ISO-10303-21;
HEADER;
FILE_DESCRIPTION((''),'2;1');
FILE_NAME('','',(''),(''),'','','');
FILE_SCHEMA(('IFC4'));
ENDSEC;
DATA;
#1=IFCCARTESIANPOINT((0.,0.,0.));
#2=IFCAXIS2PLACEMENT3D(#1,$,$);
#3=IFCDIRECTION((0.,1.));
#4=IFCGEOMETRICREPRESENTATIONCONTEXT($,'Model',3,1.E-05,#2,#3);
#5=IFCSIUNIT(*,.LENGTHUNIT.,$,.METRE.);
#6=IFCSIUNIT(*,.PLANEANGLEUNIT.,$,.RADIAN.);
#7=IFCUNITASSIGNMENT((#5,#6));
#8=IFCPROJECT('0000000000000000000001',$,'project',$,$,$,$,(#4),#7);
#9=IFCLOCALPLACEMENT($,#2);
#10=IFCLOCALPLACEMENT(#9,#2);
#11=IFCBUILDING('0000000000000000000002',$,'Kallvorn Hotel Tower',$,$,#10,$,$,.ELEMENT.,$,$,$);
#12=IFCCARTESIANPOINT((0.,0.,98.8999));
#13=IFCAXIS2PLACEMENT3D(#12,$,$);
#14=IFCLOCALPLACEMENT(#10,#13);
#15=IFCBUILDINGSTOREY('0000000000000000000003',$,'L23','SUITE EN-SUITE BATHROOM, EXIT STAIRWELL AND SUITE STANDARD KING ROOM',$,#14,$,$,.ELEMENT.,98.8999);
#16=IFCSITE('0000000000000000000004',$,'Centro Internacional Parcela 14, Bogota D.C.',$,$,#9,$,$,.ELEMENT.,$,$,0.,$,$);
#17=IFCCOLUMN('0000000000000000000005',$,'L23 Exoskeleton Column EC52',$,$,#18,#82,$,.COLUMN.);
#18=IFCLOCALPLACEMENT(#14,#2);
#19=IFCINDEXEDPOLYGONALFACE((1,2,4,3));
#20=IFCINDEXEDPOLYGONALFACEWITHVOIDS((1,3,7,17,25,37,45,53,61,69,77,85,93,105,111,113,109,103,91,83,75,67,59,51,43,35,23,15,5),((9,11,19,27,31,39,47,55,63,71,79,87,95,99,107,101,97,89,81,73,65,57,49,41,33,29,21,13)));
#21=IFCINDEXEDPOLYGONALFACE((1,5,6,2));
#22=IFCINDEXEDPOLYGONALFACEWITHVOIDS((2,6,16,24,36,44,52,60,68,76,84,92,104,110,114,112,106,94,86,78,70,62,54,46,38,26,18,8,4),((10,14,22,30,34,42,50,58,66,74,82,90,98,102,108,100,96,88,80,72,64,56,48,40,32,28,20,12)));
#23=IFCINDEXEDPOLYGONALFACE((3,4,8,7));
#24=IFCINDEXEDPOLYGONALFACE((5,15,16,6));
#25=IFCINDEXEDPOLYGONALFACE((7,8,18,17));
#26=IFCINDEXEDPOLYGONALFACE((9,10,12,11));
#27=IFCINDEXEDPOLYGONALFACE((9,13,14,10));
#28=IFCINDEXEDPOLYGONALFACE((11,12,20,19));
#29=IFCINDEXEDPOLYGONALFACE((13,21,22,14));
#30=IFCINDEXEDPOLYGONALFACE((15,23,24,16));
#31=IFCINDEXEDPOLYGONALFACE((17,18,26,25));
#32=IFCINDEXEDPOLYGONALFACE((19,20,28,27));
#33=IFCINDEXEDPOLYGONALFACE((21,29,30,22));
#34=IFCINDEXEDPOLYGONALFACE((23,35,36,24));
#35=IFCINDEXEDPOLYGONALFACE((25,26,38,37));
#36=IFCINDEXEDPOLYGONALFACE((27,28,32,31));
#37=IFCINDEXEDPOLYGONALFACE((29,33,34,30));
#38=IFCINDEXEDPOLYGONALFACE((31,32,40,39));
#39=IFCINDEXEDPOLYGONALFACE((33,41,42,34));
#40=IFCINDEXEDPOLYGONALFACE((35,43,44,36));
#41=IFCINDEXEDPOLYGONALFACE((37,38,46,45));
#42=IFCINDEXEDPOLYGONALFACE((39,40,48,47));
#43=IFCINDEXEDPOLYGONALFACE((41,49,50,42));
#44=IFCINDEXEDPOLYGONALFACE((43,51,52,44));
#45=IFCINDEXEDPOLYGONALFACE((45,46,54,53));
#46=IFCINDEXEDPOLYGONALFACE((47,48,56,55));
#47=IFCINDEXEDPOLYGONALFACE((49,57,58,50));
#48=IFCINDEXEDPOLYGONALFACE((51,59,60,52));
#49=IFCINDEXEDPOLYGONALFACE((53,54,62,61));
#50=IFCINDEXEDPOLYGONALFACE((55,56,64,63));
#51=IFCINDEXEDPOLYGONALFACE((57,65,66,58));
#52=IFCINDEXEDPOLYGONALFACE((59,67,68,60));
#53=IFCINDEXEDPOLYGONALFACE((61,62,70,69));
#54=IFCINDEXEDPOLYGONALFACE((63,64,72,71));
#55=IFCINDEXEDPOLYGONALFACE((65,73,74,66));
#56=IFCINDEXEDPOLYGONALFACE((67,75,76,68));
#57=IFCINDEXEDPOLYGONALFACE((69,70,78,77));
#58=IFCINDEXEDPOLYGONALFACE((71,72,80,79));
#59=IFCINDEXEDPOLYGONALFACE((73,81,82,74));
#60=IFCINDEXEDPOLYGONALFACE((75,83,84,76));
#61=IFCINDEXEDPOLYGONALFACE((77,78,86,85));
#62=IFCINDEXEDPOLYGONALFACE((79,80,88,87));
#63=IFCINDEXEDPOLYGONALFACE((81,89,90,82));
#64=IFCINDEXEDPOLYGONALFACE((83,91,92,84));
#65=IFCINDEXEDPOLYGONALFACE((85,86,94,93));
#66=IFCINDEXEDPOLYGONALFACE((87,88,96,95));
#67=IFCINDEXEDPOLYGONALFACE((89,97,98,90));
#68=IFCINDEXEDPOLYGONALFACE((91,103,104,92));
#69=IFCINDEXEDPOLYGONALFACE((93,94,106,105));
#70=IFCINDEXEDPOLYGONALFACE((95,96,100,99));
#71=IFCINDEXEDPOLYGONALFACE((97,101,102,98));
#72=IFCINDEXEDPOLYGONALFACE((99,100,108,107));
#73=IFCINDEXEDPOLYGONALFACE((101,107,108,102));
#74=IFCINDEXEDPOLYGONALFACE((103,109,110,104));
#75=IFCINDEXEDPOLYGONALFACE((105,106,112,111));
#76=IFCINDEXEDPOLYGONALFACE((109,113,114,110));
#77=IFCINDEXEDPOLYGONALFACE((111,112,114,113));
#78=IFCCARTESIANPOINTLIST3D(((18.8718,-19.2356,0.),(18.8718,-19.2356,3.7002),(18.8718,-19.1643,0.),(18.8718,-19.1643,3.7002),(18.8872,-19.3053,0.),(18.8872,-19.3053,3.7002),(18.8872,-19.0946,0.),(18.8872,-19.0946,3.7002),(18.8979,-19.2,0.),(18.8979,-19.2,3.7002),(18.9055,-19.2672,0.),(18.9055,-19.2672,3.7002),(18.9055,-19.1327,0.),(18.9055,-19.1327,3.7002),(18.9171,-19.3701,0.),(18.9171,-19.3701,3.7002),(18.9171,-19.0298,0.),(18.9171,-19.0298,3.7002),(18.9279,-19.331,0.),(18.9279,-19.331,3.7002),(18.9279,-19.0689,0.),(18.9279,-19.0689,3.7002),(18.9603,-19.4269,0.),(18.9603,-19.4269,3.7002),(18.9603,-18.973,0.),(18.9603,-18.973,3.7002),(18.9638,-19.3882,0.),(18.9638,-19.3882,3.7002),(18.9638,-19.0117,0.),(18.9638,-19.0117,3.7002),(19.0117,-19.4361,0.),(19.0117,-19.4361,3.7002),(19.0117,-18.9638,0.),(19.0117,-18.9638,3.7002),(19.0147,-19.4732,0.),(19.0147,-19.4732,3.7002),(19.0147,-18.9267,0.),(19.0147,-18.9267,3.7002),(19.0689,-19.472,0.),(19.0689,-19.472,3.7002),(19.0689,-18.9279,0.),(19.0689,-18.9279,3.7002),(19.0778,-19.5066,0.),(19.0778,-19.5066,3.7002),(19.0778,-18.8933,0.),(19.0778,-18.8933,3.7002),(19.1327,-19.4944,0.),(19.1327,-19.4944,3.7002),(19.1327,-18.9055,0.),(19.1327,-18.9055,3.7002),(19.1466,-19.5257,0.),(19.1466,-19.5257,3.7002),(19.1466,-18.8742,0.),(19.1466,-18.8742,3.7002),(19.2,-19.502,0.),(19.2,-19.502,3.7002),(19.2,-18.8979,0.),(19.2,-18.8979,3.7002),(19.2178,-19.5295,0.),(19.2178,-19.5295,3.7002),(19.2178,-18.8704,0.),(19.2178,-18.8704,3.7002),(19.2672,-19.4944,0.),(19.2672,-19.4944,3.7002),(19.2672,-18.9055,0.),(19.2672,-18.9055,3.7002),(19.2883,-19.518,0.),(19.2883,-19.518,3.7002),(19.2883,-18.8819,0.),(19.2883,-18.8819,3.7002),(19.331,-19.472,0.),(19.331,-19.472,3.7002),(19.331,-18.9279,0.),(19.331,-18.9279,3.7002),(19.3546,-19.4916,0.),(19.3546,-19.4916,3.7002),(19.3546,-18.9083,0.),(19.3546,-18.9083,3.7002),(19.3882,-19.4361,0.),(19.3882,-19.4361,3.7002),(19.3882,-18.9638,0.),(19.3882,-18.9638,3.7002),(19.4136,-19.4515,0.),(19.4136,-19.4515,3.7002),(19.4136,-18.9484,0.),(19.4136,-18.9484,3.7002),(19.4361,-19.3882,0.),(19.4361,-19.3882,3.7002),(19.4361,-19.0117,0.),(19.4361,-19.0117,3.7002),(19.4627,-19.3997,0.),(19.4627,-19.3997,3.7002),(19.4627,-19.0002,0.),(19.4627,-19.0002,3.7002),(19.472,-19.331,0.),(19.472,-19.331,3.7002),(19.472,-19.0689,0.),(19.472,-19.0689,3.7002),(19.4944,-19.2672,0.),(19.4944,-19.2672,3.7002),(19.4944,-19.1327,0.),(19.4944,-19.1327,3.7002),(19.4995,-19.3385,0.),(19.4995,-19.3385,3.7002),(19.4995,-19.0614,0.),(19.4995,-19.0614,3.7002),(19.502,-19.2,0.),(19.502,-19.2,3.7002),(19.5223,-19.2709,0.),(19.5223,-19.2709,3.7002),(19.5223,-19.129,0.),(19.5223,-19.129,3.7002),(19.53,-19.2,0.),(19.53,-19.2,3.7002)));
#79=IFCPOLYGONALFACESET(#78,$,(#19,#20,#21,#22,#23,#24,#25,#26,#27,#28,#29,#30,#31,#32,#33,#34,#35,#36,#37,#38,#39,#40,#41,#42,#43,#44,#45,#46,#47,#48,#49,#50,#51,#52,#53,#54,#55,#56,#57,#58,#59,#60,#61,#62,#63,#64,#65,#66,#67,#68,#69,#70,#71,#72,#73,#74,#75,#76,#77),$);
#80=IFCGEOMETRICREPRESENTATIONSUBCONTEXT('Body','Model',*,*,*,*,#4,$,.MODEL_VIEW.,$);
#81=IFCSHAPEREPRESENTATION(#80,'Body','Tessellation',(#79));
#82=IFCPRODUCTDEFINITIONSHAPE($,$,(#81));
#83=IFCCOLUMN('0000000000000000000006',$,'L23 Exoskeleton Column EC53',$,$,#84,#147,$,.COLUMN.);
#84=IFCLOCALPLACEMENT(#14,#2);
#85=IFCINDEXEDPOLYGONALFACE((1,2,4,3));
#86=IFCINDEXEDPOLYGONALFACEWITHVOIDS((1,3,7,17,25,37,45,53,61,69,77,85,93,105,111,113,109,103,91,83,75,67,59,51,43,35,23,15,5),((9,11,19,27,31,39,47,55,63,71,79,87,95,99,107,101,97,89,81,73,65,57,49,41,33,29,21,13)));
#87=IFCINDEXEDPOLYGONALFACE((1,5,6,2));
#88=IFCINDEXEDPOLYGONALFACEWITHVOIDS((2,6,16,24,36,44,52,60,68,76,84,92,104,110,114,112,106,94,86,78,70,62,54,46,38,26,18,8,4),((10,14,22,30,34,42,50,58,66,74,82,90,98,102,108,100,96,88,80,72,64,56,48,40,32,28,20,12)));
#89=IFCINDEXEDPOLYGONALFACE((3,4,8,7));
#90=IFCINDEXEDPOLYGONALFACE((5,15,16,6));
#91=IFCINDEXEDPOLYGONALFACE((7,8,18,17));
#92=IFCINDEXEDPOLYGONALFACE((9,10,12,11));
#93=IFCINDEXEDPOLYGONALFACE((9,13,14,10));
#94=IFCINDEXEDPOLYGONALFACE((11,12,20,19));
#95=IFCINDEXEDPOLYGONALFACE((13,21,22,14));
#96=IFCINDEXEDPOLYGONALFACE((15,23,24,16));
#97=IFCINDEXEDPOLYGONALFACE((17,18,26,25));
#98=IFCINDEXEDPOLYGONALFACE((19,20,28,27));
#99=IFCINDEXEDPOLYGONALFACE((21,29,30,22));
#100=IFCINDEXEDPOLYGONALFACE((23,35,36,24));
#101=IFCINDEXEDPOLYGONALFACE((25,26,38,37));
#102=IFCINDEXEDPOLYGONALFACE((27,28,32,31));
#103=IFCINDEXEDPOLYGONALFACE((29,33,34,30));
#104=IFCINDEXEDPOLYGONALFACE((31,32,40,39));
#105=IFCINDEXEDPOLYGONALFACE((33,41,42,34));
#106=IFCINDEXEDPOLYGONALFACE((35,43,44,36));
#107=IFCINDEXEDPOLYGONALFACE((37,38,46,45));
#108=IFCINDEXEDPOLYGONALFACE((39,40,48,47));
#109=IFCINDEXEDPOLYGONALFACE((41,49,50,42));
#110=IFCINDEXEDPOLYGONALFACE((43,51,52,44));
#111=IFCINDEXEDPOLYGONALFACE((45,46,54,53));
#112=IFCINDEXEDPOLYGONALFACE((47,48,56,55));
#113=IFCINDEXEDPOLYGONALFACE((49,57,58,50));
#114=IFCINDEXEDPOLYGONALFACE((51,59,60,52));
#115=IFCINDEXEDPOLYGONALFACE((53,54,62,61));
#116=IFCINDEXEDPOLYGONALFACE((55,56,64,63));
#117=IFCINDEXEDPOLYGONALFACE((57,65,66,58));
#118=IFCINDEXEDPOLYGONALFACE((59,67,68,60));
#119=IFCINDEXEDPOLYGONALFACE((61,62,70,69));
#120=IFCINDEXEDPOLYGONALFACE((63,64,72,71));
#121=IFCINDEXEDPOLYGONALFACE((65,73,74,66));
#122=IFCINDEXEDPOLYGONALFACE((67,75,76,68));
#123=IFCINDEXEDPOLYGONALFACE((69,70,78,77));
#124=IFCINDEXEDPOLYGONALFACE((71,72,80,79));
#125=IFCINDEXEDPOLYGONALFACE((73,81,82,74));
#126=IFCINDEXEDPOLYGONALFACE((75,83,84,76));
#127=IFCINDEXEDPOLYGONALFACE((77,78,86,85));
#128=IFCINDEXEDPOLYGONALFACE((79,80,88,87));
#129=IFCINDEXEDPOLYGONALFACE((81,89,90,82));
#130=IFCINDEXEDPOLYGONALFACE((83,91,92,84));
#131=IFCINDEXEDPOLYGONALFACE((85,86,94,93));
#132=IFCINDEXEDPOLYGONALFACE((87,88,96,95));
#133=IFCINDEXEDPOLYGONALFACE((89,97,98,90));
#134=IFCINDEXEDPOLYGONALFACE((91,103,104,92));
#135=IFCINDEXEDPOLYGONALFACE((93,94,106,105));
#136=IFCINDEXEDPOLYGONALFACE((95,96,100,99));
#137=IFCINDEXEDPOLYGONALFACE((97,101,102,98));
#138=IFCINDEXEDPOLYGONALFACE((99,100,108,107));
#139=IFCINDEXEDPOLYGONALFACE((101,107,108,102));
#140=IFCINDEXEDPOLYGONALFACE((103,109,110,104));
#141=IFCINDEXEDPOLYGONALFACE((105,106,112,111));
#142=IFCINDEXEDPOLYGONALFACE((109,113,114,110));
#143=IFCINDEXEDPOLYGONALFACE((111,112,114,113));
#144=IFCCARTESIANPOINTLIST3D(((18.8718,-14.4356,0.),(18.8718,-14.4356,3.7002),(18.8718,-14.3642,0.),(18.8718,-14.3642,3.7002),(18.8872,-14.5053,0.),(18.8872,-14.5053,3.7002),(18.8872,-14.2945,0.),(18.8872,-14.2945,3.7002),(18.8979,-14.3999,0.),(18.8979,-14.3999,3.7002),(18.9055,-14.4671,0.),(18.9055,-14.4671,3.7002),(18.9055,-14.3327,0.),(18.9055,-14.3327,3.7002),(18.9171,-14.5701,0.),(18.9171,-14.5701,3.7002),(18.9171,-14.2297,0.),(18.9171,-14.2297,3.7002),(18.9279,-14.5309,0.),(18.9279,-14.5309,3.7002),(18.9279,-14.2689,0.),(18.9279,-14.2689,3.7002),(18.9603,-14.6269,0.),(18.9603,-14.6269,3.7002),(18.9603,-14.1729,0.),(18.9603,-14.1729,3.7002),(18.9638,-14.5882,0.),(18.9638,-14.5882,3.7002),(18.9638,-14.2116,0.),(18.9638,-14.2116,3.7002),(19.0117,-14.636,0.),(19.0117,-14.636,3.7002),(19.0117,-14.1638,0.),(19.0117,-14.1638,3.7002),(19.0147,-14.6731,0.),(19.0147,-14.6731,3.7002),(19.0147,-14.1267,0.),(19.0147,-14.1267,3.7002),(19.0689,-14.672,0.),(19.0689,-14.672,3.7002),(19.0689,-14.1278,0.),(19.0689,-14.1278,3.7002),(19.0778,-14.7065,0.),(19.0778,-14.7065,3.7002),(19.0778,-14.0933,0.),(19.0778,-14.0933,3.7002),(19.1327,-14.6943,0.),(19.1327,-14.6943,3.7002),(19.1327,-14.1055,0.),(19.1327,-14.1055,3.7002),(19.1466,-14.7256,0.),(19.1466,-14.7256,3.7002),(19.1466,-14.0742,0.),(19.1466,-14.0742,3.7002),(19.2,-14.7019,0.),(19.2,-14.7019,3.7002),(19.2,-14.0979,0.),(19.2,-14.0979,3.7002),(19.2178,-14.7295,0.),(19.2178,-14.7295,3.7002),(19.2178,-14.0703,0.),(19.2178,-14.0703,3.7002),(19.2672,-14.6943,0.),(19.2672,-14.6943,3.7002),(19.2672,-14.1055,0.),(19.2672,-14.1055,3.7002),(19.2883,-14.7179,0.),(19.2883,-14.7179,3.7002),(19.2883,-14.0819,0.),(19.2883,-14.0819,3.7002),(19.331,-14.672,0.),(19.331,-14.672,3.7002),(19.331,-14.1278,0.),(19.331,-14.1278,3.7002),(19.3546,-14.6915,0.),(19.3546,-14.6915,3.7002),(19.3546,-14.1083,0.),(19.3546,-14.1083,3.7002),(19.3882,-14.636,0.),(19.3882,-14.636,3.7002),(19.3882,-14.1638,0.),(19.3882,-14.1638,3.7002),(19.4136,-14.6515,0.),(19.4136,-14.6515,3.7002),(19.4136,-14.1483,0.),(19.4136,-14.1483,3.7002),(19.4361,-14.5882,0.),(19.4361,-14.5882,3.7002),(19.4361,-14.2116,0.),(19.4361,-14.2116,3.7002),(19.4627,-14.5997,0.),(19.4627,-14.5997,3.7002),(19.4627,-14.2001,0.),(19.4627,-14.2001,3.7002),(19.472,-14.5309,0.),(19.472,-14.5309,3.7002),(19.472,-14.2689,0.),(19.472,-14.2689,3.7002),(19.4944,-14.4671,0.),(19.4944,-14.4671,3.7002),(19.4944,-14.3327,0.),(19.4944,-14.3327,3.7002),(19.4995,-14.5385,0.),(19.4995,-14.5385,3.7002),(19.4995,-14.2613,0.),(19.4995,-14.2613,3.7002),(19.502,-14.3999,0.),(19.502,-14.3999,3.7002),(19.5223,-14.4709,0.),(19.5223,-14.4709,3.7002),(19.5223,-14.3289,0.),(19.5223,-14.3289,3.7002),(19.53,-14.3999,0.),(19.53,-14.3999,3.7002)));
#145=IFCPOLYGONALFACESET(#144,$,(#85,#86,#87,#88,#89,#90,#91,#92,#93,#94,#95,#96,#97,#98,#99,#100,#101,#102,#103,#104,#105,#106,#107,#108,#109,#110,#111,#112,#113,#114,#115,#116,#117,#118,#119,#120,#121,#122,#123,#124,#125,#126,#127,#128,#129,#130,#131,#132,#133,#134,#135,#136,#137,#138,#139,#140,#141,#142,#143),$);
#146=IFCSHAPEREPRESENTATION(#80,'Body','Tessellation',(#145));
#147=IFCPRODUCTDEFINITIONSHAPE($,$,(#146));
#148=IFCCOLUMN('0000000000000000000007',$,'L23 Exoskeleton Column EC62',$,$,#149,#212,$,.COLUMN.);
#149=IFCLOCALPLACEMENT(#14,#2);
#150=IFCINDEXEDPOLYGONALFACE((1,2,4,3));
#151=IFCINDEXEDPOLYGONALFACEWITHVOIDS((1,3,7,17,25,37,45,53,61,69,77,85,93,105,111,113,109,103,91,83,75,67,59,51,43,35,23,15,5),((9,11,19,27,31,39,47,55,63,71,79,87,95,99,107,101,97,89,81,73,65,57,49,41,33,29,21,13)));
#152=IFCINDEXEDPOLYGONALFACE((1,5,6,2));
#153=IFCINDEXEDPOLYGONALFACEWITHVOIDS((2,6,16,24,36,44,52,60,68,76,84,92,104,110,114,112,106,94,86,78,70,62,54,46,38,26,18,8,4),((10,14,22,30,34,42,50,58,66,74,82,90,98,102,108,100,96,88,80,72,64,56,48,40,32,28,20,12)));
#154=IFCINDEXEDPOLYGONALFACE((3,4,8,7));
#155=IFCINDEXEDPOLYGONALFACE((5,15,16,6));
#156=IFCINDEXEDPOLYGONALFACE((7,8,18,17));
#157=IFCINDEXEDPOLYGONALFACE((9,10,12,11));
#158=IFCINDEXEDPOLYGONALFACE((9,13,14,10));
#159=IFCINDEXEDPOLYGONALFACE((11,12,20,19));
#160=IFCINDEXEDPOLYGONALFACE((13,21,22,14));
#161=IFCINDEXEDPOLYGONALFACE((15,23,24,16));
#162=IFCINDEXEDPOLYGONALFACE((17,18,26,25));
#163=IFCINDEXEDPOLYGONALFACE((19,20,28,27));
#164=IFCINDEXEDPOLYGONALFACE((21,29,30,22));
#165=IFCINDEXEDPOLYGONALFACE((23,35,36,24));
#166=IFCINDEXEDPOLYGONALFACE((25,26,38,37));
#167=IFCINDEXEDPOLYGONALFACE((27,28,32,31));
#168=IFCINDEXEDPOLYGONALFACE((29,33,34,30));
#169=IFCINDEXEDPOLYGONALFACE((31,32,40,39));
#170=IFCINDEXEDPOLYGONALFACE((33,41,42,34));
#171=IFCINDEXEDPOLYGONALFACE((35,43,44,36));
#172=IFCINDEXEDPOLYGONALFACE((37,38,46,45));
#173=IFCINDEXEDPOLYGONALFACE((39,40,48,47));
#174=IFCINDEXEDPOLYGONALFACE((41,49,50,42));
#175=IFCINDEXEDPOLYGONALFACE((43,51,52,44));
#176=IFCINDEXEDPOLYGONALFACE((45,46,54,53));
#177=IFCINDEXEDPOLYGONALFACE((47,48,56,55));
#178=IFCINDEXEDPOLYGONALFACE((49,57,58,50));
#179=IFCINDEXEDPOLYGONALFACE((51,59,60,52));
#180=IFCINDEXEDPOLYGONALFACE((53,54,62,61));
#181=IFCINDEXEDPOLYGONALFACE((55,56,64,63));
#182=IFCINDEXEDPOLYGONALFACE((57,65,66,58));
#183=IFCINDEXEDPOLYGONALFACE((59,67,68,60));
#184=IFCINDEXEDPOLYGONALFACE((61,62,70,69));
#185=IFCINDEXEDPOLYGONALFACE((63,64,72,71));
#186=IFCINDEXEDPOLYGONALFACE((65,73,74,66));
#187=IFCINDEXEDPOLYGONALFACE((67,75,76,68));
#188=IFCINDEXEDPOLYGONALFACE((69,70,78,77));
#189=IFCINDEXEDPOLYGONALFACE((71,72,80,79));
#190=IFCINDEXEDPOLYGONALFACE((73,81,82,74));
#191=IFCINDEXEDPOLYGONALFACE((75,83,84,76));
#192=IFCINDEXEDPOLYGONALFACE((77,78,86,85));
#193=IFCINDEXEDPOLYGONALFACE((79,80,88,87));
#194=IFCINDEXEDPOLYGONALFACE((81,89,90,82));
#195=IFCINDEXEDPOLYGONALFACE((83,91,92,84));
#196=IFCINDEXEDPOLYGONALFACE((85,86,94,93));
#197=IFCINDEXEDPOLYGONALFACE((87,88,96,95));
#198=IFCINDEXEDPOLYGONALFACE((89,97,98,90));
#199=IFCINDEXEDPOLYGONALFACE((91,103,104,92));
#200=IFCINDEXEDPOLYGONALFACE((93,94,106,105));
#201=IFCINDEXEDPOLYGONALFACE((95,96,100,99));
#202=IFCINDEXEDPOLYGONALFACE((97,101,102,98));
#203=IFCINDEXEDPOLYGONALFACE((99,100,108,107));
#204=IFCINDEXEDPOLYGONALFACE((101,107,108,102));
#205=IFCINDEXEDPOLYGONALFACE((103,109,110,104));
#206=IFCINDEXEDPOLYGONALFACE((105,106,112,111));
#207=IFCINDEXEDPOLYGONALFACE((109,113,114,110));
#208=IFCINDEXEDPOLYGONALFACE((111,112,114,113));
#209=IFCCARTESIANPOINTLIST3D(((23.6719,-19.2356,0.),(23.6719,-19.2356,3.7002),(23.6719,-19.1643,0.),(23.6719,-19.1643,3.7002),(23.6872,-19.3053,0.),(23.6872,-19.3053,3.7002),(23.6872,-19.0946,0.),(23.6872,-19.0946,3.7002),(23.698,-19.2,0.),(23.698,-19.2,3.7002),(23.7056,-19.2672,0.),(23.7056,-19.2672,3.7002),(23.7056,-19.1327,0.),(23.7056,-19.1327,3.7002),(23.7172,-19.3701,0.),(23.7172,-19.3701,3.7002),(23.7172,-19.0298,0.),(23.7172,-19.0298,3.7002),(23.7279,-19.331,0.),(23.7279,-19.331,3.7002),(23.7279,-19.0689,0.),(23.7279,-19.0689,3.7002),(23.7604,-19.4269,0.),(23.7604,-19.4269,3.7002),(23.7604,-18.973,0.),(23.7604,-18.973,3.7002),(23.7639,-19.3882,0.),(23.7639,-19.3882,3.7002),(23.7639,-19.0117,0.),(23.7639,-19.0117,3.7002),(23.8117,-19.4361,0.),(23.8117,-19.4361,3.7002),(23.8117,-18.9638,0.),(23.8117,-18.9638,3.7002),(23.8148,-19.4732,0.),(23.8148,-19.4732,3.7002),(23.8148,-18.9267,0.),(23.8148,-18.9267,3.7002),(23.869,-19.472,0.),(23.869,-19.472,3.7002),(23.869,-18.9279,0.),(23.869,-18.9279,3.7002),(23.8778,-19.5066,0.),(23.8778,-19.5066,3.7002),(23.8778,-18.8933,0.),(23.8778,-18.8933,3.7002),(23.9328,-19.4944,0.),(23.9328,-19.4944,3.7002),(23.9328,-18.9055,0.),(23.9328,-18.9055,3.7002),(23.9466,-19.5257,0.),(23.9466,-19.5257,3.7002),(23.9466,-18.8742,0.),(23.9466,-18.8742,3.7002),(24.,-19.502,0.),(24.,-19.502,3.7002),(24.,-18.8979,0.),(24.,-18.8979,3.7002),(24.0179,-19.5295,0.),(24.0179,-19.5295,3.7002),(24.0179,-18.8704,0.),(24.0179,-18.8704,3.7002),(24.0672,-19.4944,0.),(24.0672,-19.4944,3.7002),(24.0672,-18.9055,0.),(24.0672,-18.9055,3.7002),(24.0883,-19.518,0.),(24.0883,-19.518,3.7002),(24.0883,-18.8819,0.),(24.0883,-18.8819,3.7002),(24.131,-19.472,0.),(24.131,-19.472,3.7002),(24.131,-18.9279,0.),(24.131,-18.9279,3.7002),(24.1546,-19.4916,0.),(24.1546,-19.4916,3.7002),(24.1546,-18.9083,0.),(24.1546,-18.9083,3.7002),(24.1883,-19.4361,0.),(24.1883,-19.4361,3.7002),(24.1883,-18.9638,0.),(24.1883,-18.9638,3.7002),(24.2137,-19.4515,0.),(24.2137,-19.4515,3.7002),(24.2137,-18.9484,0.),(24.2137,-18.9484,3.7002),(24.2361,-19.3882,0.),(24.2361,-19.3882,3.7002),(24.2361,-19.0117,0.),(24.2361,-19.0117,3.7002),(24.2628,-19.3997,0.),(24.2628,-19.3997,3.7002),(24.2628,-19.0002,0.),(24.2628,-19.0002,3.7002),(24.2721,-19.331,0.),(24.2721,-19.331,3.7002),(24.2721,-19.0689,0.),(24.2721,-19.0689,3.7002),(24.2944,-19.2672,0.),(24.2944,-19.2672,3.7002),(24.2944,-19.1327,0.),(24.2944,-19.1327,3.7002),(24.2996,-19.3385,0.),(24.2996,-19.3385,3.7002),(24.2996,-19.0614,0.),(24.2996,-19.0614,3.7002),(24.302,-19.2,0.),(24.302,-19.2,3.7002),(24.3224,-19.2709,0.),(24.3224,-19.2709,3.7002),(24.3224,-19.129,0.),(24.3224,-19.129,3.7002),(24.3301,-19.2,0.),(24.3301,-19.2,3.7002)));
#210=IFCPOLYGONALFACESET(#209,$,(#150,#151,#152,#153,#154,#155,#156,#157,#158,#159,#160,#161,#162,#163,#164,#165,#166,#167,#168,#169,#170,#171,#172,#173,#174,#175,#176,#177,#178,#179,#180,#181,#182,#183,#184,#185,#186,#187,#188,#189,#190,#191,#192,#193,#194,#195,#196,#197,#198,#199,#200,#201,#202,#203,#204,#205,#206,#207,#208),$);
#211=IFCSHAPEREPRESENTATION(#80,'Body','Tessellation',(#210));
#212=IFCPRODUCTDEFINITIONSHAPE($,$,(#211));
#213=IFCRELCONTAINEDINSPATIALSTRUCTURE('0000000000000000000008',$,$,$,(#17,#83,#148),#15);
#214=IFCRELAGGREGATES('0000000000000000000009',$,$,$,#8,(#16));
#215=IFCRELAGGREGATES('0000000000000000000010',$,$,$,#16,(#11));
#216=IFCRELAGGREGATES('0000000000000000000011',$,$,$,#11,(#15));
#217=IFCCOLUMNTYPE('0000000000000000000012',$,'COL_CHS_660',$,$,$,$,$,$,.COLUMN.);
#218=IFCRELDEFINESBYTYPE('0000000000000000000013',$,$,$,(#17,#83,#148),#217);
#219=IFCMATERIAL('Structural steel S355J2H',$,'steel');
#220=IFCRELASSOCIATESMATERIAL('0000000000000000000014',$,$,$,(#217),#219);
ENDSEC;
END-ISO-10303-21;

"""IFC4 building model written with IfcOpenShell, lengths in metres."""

from ifc_helpers import new_model, si_unit, direction, frame, origin, origin_2d, place, context, subcontext, project, spatial, hollow_circle, extrude, material, material_profile, profile_set, type_object, element, save


model = new_model("IFC4")

# Units and contexts
model_context = context("Model", 3, precision=1e-05, world=origin(), true_north=direction((0.0, 1.0)))
body_context = subcontext(model_context, "Body", "Model", "MODEL_VIEW")
ifc_project = project(units=[si_unit("LENGTHUNIT", "METRE"), si_unit("PLANEANGLEUNIT", "RADIAN")], contexts=[model_context])

# Site, building, storey
site_placement = place(None, origin())
site = spatial("IfcSite", under=ifc_project, at=site_placement, Name="Centro Internacional Parcela 14, Bogota D.C.", CompositionType="ELEMENT", RefElevation=0.0)
building_placement = place(site_placement, origin())
building = spatial("IfcBuilding", under=site, at=building_placement, Name="Kallvorn Hotel Tower", CompositionType="ELEMENT")
storey_placement = place(building_placement, frame((0.0, 0.0, 98.8999)))
storey = spatial("IfcBuildingStorey", under=building, at=storey_placement, Name="L23", Description="SUITE EN-SUITE BATHROOM, EXIT STAIRWELL AND SUITE STANDARD KING ROOM", CompositionType="ELEMENT", Elevation=98.8999)

# Columns
ifc_material_1 = material(Name="Structural steel S355J2H", Category="steel")
ifc_material_profile_1 = material_profile(ifc_material_1, hollow_circle(Radius=0.3301, WallThickness=0.0281, at=origin_2d()), Name="CHS 660x28")
ifc_profile_set_1 = profile_set([ifc_material_profile_1], Name="Structural steel S355J2H")
column_type_1 = type_object("IfcColumnType", Name="COL_CHS_660", PredefinedType="COLUMN", material=ifc_profile_set_1)
for number, where, z_axis, x_axis, name in (
    (1, (19.2, -19.2, 0.0), (0.0, 0.0, 1.0), (1.0, 0.0, 0.0), "L23 Exoskeleton Column EC52"),
    (2, (19.2, -14.3999, 0.0), (0.0, 0.0, 1.0), (1.0, 0.0, 0.0), "L23 Exoskeleton Column EC53"),
    (3, (24.0, -19.2, 0.0), (0.0, 0.0, 1.0), (1.0, 0.0, 0.0), "L23 Exoskeleton Column EC62"),
):
    element("IfcColumn", number, at=place(storey_placement, frame(where, z_axis=z_axis, x_axis=x_axis)), inside=storey, type_object=column_type_1, Name=name, PredefinedType="COLUMN", context=body_context, shape_type="SweptSolid", body=[
        extrude(hollow_circle(Radius=0.3301, WallThickness=0.0281, at=origin_2d()), origin(), (0.0, 0.0, 1.0), 3.7002),
    ])

save(model, "model.ifc")
